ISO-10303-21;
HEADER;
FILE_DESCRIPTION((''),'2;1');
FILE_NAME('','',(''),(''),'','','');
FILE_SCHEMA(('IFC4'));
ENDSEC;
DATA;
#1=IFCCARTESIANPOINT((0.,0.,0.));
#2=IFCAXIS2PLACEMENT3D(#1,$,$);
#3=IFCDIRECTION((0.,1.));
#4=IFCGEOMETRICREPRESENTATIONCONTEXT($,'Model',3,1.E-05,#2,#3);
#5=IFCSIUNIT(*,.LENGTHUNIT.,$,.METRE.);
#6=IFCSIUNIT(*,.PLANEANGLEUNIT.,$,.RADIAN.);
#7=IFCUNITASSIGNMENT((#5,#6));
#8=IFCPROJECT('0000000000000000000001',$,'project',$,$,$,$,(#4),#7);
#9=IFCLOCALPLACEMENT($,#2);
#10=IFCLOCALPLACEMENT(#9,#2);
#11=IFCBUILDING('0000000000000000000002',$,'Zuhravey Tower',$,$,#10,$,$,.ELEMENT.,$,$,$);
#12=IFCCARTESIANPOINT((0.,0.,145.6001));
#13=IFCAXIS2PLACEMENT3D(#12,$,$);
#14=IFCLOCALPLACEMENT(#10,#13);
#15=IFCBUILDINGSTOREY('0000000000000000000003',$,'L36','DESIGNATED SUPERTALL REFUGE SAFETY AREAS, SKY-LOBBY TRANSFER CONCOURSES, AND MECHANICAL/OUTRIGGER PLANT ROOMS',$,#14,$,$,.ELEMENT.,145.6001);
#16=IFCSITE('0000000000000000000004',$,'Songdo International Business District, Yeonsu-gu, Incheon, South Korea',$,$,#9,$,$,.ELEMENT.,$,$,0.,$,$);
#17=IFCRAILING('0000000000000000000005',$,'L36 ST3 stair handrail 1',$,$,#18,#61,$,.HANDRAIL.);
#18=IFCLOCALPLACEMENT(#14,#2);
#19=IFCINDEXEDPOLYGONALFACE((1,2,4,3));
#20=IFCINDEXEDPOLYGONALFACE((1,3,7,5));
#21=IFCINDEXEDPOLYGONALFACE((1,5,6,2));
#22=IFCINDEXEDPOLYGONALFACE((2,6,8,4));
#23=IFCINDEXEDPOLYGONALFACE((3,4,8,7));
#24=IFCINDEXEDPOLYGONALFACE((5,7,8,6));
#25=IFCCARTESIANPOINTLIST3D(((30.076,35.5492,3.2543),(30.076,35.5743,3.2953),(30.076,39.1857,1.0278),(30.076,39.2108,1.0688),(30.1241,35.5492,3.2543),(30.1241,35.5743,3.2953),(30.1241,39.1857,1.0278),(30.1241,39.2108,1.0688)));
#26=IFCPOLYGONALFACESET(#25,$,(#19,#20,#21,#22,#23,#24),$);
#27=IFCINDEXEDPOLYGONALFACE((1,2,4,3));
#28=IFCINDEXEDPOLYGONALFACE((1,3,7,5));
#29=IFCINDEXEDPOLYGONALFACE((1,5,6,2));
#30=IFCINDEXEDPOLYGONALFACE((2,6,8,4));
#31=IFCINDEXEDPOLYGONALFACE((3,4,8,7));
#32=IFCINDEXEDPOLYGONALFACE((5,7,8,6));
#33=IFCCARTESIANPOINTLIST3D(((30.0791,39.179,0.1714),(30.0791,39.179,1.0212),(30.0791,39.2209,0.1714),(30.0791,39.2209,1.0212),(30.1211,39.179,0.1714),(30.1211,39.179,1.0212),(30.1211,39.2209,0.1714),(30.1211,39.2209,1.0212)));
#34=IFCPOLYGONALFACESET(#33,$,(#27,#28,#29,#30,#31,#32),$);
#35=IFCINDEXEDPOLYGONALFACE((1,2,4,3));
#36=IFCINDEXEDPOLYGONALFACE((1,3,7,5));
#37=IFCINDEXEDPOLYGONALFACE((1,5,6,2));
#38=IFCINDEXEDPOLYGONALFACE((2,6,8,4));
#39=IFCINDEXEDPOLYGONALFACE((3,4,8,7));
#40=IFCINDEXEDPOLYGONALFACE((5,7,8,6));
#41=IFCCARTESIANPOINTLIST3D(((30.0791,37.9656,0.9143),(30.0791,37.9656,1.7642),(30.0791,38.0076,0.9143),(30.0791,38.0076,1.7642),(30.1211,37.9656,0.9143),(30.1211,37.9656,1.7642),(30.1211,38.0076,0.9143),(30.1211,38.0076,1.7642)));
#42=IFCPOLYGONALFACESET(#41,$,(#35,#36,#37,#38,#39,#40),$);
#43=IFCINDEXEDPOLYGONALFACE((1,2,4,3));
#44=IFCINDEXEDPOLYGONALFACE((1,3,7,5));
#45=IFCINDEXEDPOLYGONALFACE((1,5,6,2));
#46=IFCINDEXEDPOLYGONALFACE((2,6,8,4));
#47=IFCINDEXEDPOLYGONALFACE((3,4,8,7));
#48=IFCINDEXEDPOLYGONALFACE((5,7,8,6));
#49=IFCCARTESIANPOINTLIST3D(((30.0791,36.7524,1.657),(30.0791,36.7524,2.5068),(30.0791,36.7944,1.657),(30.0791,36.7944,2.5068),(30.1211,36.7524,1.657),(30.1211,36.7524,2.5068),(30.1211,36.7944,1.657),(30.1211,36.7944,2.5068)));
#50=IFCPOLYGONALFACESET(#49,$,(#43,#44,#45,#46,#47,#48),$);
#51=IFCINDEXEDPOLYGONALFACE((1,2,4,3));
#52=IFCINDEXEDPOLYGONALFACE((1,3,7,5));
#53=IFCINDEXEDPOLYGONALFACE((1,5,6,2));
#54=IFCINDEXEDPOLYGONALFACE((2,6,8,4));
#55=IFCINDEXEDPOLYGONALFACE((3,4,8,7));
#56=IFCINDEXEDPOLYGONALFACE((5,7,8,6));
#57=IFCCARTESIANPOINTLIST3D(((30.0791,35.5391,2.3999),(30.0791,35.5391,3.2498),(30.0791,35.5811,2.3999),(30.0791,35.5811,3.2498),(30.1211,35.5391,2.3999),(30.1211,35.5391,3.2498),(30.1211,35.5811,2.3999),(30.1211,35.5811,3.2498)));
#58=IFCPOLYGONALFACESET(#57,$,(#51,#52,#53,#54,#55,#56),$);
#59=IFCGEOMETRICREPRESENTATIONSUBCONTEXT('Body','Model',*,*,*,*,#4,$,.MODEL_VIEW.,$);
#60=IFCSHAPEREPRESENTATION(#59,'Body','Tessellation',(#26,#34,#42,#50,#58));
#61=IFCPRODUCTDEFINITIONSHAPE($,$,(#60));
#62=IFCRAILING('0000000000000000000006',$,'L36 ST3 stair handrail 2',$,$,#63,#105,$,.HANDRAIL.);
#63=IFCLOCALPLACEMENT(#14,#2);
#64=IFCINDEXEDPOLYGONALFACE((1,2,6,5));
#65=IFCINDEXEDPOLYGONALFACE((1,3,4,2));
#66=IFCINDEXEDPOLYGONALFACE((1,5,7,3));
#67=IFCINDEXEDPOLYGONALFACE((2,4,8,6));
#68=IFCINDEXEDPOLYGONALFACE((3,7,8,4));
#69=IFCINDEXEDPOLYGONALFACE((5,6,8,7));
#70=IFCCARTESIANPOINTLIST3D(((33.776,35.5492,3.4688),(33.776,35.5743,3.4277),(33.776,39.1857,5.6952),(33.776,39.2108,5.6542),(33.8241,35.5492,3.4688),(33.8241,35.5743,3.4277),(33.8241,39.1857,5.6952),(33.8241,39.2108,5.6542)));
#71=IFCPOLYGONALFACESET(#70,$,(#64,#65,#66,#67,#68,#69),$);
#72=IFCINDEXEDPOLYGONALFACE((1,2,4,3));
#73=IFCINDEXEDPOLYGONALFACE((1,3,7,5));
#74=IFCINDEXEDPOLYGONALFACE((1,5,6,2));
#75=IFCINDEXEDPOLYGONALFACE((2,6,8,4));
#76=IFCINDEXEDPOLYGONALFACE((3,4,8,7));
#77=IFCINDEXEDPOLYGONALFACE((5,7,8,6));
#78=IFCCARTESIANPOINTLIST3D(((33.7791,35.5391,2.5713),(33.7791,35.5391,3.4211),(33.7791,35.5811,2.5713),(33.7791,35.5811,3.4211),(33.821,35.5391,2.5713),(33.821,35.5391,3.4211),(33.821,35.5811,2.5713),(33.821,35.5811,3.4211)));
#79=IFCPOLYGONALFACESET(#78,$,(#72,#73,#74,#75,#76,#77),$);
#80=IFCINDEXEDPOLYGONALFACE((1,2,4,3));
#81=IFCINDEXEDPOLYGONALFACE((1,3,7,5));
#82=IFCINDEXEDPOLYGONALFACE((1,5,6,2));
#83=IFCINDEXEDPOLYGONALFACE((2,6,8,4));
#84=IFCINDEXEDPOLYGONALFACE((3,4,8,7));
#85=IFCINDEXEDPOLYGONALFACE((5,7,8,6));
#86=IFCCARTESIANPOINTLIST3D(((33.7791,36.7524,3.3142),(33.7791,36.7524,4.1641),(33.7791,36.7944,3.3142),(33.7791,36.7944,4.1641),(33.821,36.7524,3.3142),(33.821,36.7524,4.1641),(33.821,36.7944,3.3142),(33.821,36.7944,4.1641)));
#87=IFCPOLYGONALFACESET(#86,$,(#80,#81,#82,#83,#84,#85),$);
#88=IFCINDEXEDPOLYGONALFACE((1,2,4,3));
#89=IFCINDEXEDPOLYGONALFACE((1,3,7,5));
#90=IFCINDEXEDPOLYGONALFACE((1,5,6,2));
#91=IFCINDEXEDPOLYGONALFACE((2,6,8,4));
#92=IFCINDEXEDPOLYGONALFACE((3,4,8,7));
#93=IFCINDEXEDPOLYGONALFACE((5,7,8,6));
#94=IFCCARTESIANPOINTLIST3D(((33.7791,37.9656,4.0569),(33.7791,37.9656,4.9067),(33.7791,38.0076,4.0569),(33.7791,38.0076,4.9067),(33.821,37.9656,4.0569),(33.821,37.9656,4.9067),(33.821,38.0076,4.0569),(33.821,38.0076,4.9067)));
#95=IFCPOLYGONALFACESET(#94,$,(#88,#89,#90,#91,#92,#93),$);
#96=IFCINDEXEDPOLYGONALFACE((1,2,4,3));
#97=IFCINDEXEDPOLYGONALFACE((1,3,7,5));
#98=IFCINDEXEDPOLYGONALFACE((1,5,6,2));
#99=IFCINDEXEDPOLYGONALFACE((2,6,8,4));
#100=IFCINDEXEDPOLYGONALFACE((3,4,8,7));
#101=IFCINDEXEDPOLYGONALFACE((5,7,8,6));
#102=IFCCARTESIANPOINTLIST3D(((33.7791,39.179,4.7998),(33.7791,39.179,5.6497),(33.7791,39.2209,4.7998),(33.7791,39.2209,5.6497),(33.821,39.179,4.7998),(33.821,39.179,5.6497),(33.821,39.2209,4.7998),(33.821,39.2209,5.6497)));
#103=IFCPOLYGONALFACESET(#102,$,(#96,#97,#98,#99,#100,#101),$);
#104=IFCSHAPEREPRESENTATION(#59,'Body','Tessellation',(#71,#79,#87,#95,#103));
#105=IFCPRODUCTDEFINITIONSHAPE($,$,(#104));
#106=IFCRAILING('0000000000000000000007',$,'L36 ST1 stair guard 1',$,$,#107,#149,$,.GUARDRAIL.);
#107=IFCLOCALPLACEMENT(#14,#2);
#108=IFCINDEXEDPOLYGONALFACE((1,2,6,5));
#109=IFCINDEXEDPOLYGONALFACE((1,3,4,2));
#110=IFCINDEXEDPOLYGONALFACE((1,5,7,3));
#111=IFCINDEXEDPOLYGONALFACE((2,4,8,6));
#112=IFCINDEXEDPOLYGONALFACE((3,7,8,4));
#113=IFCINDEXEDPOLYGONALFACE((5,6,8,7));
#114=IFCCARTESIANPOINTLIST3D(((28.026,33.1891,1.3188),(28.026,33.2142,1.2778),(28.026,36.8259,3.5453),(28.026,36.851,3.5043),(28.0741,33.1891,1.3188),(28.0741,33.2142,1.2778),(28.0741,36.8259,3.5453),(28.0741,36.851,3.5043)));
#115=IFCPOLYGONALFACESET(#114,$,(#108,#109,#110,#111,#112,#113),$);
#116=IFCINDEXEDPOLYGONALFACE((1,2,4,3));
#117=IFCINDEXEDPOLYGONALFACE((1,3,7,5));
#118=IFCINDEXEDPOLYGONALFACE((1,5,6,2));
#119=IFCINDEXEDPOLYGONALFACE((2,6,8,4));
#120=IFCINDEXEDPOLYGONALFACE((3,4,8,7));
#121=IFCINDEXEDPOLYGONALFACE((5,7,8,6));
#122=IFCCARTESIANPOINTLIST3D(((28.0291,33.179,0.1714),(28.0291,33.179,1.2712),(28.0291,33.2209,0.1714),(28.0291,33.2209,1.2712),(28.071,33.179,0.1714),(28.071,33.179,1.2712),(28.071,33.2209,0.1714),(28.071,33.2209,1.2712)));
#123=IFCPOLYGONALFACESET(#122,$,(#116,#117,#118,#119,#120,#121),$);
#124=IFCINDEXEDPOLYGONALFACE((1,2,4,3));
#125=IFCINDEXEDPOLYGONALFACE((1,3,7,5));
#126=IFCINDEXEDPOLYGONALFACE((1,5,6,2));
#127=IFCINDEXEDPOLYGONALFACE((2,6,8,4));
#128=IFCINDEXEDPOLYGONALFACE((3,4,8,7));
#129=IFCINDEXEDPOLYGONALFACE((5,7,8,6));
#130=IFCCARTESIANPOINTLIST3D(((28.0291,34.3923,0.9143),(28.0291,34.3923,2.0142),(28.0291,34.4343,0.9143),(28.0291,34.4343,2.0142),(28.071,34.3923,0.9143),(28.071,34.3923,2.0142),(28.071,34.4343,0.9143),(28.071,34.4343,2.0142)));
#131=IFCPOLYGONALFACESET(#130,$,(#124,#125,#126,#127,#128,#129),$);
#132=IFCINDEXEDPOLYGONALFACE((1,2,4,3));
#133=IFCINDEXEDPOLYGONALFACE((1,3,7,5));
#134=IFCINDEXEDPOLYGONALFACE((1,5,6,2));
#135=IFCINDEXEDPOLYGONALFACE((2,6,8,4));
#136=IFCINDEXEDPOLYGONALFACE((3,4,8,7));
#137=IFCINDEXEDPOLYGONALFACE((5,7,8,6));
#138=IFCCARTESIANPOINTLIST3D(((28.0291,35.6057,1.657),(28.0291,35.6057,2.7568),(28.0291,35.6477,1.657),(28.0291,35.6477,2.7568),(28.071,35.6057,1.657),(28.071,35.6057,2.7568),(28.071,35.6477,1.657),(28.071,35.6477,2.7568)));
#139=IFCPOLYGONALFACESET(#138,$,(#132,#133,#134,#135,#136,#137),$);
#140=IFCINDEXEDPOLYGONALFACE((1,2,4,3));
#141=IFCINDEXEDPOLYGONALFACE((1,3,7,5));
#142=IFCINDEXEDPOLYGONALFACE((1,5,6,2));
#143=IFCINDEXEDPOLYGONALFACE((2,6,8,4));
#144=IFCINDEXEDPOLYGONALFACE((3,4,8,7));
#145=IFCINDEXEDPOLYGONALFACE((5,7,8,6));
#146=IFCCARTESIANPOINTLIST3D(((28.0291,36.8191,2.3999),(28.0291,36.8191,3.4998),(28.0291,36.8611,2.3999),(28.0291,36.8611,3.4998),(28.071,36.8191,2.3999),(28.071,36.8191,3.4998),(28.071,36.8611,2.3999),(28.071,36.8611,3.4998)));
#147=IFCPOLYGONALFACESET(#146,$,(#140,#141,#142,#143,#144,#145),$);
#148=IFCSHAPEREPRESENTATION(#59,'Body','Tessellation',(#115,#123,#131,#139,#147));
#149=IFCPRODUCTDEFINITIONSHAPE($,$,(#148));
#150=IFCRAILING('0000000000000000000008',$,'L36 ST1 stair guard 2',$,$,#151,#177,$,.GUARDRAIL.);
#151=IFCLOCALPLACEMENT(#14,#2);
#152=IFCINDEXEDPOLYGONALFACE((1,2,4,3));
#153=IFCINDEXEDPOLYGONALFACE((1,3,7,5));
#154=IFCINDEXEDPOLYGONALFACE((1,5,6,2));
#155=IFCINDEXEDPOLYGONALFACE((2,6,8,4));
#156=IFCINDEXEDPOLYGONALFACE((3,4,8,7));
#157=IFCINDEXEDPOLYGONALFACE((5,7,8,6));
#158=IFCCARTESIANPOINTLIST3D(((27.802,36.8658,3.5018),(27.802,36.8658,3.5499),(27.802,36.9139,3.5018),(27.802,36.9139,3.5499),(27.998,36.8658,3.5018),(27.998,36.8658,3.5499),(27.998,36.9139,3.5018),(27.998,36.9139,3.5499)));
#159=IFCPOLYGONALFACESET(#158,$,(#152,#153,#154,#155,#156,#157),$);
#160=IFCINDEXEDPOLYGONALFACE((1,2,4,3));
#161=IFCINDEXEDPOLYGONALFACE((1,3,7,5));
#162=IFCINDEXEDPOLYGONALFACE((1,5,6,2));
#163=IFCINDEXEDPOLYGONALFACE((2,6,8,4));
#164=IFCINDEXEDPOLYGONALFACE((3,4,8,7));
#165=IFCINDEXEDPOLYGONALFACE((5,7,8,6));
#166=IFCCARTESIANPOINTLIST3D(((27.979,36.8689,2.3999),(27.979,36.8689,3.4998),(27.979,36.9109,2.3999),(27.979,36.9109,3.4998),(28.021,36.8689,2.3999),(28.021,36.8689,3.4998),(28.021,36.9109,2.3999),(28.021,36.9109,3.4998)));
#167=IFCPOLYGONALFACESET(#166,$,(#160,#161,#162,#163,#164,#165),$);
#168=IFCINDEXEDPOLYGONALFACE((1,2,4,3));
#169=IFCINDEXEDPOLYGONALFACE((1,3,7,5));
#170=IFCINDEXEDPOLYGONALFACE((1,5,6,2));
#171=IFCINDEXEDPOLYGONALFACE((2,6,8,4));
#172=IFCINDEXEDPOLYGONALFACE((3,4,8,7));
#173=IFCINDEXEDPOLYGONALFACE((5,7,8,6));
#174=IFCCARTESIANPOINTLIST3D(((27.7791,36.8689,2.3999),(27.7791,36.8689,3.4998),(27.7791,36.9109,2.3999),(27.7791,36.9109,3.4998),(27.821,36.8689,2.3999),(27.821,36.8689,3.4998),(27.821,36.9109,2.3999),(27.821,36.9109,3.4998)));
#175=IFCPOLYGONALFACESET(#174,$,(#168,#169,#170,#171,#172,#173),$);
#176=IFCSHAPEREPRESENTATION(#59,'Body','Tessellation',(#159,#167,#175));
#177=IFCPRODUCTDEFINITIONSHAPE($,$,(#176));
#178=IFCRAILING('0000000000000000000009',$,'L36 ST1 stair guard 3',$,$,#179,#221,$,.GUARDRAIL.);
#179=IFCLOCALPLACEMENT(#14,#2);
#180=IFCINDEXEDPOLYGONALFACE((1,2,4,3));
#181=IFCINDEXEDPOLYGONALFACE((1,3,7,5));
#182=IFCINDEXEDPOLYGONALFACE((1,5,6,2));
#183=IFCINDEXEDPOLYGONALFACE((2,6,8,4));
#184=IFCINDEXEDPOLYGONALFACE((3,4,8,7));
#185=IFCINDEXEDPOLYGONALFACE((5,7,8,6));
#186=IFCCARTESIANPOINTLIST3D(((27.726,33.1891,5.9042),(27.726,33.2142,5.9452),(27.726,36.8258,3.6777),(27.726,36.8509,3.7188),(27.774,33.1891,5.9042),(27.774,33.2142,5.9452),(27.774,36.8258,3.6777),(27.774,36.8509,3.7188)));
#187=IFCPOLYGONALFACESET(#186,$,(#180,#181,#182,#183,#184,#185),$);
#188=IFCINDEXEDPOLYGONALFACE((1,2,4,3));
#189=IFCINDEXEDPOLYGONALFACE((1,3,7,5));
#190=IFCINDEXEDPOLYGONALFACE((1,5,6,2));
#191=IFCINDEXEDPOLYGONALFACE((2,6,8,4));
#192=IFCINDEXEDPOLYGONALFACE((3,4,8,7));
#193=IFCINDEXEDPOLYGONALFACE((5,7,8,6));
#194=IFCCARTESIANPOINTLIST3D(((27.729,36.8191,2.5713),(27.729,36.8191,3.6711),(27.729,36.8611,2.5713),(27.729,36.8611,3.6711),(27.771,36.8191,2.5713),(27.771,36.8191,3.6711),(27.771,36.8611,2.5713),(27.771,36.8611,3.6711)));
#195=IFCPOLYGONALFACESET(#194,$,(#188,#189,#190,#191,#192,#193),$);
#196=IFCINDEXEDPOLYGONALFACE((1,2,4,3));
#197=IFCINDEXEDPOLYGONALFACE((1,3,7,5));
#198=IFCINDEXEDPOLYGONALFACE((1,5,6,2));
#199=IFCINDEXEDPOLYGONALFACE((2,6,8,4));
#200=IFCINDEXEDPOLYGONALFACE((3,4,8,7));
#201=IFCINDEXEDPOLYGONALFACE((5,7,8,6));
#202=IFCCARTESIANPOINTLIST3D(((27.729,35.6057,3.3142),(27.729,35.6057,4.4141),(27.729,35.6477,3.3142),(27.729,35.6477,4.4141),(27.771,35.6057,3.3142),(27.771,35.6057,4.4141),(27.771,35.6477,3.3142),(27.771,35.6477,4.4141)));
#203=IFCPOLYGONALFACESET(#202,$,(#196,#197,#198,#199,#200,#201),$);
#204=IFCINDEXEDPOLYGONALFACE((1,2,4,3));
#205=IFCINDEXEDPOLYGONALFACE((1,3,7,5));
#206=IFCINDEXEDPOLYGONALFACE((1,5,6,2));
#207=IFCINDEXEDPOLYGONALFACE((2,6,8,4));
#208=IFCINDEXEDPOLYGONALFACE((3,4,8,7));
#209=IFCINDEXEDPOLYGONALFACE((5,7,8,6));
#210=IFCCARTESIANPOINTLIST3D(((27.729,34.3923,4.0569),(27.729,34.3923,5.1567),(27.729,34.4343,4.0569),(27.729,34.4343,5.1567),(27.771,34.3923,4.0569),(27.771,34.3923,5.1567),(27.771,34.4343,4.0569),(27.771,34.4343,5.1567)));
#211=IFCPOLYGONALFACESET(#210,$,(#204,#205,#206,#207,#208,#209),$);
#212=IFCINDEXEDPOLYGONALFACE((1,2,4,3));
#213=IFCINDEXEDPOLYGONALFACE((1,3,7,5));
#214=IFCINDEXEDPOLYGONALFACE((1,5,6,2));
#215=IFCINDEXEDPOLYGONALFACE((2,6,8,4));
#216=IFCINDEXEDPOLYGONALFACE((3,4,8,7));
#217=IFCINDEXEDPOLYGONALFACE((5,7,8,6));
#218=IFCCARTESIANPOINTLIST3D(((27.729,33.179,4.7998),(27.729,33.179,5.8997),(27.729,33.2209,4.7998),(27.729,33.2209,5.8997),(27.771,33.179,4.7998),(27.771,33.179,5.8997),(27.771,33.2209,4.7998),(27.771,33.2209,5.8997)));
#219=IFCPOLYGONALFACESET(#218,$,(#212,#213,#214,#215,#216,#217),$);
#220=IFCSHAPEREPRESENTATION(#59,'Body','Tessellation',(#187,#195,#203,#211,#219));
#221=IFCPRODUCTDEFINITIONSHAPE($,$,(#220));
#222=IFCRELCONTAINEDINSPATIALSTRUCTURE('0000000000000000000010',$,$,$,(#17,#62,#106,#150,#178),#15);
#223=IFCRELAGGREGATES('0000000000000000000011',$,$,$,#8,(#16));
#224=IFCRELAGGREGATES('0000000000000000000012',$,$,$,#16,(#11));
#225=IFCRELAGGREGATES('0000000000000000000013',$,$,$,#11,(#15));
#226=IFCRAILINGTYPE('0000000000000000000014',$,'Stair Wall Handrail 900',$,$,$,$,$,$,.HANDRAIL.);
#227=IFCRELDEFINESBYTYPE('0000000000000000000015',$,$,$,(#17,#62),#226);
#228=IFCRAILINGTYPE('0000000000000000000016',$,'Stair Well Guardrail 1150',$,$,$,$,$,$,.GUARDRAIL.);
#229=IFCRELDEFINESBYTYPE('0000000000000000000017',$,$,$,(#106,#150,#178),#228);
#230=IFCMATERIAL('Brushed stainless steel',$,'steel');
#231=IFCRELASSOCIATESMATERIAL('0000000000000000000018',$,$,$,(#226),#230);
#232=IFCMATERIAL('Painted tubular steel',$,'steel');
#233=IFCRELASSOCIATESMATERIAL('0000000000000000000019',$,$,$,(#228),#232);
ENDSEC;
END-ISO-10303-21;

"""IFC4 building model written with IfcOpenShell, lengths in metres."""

from ifc_helpers import new_model, si_unit, direction, frame, origin, origin_2d, place, context, subcontext, project, spatial, rectangle, extrude, material, type_object, element, save


model = new_model("IFC4")

# Units and contexts
model_context = context("Model", 3, precision=1e-05, world=origin(), true_north=direction((0.0, 1.0)))
body_context = subcontext(model_context, "Body", "Model", "MODEL_VIEW")
ifc_project = project(units=[si_unit("LENGTHUNIT", "METRE"), si_unit("PLANEANGLEUNIT", "RADIAN")], contexts=[model_context])

# Site, building, storey
site_placement = place(None, origin())
site = spatial("IfcSite", under=ifc_project, at=site_placement, Name="Songdo International Business District, Yeonsu-gu, Incheon, South Korea", CompositionType="ELEMENT", RefElevation=0.0)
building_placement = place(site_placement, origin())
building = spatial("IfcBuilding", under=site, at=building_placement, Name="Zuhravey Tower", CompositionType="ELEMENT")
storey_placement = place(building_placement, frame((0.0, 0.0, 145.6001)))
storey = spatial("IfcBuildingStorey", under=building, at=storey_placement, Name="L36", Description="DESIGNATED SUPERTALL REFUGE SAFETY AREAS, SKY-LOBBY TRANSFER CONCOURSES, AND MECHANICAL/OUTRIGGER PLANT ROOMS", CompositionType="ELEMENT", Elevation=145.6001)

# Railings
ifc_material_1 = material(Name="Brushed stainless steel", Category="steel")
railing_type_1 = type_object("IfcRailingType", Name="Stair Wall Handrail 900", PredefinedType="HANDRAIL", material=ifc_material_1)
railing_1_placement = place(storey_placement, frame((30.1001, 39.2, 0.1714)))
element("IfcRailing", 1, at=railing_1_placement, inside=storey, type_object=railing_type_1, Name="L36 ST3 stair handrail 1", PredefinedType="HANDRAIL", context=body_context, shape_type="SweptSolid", body=[
    extrude(rectangle(XDim=0.0481, YDim=0.0481, at=origin_2d()), frame((0.0, -0.0017, 0.877), z_axis=(0.0, -0.85285, 0.522156), x_axis=(1.0, 0.0, 0.0)), (0.0, 0.0, 1.0), 4.2639),
    extrude(rectangle(XDim=0.042, YDim=0.042, at=origin_2d()), origin(), (0.0, 0.0, 1.0), 0.8499),
    extrude(rectangle(XDim=0.042, YDim=0.042, at=origin_2d()), frame((0.0, -1.2134, 0.7429)), (0.0, 0.0, 1.0), 0.8499),
    extrude(rectangle(XDim=0.042, YDim=0.042, at=origin_2d()), frame((0.0, -2.4265, 1.4856)), (0.0, 0.0, 1.0), 0.8499),
    extrude(rectangle(XDim=0.042, YDim=0.042, at=origin_2d()), frame((0.0, -3.6399, 2.2285)), (0.0, 0.0, 1.0), 0.8499),
])
railing_2_placement = place(storey_placement, frame((33.8, 35.5601, 2.5713)))
element("IfcRailing", 2, at=railing_2_placement, inside=storey, type_object=railing_type_1, Name="L36 ST3 stair handrail 2", PredefinedType="HANDRAIL", context=body_context, shape_type="SweptSolid", body=[
    extrude(rectangle(XDim=0.0481, YDim=0.0481, at=origin_2d()), frame((0.0, 0.0017, 0.877), z_axis=(0.0, 0.85285, 0.522156), x_axis=(-1.0, 0.0, 0.0)), (0.0, 0.0, 1.0), 4.2639),
    extrude(rectangle(XDim=0.042, YDim=0.042, at=origin_2d()), origin(), (0.0, 0.0, 1.0), 0.8499),
    extrude(rectangle(XDim=0.042, YDim=0.042, at=origin_2d()), frame((0.0, 1.2134, 0.7429)), (0.0, 0.0, 1.0), 0.8499),
    extrude(rectangle(XDim=0.042, YDim=0.042, at=origin_2d()), frame((0.0, 2.4265, 1.4856)), (0.0, 0.0, 1.0), 0.8499),
    extrude(rectangle(XDim=0.042, YDim=0.042, at=origin_2d()), frame((0.0, 3.6399, 2.2285)), (0.0, 0.0, 1.0), 0.8499),
])
ifc_material_2 = material(Name="Painted tubular steel", Category="steel")
railing_type_2 = type_object("IfcRailingType", Name="Stair Well Guardrail 1150", PredefinedType="GUARDRAIL", material=ifc_material_2)
railing_3_placement = place(storey_placement, frame((28.05, 33.2, 0.1714)))
element("IfcRailing", 3, at=railing_3_placement, inside=storey, type_object=railing_type_2, Name="L36 ST1 stair guard 1", PredefinedType="GUARDRAIL", context=body_context, shape_type="SweptSolid", body=[
    extrude(rectangle(XDim=0.0481, YDim=0.0481, at=origin_2d()), frame((0.0, 0.0017, 1.127), z_axis=(0.0, 0.852866, 0.52213), x_axis=(-1.0, 0.0, 0.0)), (0.0, 0.0, 1.0), 4.2642),
    extrude(rectangle(XDim=0.042, YDim=0.042, at=origin_2d()), origin(), (0.0, 0.0, 1.0), 1.0999),
    extrude(rectangle(XDim=0.042, YDim=0.042, at=origin_2d()), frame((0.0, 1.2134, 0.7429)), (0.0, 0.0, 1.0), 1.0999),
    extrude(rectangle(XDim=0.042, YDim=0.042, at=origin_2d()), frame((0.0, 2.4268, 1.4856)), (0.0, 0.0, 1.0), 1.0999),
    extrude(rectangle(XDim=0.042, YDim=0.042, at=origin_2d()), frame((0.0, 3.6401, 2.2285)), (0.0, 0.0, 1.0), 1.0999),
])
railing_4_placement = place(storey_placement, frame((28.0, 36.8899, 2.3999)))
element("IfcRailing", 4, at=railing_4_placement, inside=storey, type_object=railing_type_2, Name="L36 ST1 stair guard 2", PredefinedType="GUARDRAIL", context=body_context, shape_type="SweptSolid", body=[
    extrude(rectangle(XDim=0.0481, YDim=0.0481, at=origin_2d()), frame((-0.002, 0.0, 1.126), z_axis=(-1.0, 0.0, 0.0), x_axis=(0.0, -1.0, 0.0)), (0.0, 0.0, 1.0), 0.196),
    extrude(rectangle(XDim=0.042, YDim=0.042, at=origin_2d()), origin(), (0.0, 0.0, 1.0), 1.0999),
    extrude(rectangle(XDim=0.042, YDim=0.042, at=origin_2d()), frame((-0.2, 0.0, 0.0)), (0.0, 0.0, 1.0), 1.0999),
])
railing_5_placement = place(storey_placement, frame((27.75, 36.8401, 2.5713)))
element("IfcRailing", 5, at=railing_5_placement, inside=storey, type_object=railing_type_2, Name="L36 ST1 stair guard 3", PredefinedType="GUARDRAIL", context=body_context, shape_type="SweptSolid", body=[
    extrude(rectangle(XDim=0.0481, YDim=0.0481, at=origin_2d()), frame((0.0, -0.0017, 1.127), z_axis=(0.0, -0.852866, 0.52213), x_axis=(1.0, 0.0, 0.0)), (0.0, 0.0, 1.0), 4.2642),
    extrude(rectangle(XDim=0.042, YDim=0.042, at=origin_2d()), origin(), (0.0, 0.0, 1.0), 1.0999),
    extrude(rectangle(XDim=0.042, YDim=0.042, at=origin_2d()), frame((0.0, -1.2134, 0.7429)), (0.0, 0.0, 1.0), 1.0999),
    extrude(rectangle(XDim=0.042, YDim=0.042, at=origin_2d()), frame((0.0, -2.4268, 1.4856)), (0.0, 0.0, 1.0), 1.0999),
    extrude(rectangle(XDim=0.042, YDim=0.042, at=origin_2d()), frame((0.0, -3.6401, 2.2285)), (0.0, 0.0, 1.0), 1.0999),
])

save(model, "model.ifc")
